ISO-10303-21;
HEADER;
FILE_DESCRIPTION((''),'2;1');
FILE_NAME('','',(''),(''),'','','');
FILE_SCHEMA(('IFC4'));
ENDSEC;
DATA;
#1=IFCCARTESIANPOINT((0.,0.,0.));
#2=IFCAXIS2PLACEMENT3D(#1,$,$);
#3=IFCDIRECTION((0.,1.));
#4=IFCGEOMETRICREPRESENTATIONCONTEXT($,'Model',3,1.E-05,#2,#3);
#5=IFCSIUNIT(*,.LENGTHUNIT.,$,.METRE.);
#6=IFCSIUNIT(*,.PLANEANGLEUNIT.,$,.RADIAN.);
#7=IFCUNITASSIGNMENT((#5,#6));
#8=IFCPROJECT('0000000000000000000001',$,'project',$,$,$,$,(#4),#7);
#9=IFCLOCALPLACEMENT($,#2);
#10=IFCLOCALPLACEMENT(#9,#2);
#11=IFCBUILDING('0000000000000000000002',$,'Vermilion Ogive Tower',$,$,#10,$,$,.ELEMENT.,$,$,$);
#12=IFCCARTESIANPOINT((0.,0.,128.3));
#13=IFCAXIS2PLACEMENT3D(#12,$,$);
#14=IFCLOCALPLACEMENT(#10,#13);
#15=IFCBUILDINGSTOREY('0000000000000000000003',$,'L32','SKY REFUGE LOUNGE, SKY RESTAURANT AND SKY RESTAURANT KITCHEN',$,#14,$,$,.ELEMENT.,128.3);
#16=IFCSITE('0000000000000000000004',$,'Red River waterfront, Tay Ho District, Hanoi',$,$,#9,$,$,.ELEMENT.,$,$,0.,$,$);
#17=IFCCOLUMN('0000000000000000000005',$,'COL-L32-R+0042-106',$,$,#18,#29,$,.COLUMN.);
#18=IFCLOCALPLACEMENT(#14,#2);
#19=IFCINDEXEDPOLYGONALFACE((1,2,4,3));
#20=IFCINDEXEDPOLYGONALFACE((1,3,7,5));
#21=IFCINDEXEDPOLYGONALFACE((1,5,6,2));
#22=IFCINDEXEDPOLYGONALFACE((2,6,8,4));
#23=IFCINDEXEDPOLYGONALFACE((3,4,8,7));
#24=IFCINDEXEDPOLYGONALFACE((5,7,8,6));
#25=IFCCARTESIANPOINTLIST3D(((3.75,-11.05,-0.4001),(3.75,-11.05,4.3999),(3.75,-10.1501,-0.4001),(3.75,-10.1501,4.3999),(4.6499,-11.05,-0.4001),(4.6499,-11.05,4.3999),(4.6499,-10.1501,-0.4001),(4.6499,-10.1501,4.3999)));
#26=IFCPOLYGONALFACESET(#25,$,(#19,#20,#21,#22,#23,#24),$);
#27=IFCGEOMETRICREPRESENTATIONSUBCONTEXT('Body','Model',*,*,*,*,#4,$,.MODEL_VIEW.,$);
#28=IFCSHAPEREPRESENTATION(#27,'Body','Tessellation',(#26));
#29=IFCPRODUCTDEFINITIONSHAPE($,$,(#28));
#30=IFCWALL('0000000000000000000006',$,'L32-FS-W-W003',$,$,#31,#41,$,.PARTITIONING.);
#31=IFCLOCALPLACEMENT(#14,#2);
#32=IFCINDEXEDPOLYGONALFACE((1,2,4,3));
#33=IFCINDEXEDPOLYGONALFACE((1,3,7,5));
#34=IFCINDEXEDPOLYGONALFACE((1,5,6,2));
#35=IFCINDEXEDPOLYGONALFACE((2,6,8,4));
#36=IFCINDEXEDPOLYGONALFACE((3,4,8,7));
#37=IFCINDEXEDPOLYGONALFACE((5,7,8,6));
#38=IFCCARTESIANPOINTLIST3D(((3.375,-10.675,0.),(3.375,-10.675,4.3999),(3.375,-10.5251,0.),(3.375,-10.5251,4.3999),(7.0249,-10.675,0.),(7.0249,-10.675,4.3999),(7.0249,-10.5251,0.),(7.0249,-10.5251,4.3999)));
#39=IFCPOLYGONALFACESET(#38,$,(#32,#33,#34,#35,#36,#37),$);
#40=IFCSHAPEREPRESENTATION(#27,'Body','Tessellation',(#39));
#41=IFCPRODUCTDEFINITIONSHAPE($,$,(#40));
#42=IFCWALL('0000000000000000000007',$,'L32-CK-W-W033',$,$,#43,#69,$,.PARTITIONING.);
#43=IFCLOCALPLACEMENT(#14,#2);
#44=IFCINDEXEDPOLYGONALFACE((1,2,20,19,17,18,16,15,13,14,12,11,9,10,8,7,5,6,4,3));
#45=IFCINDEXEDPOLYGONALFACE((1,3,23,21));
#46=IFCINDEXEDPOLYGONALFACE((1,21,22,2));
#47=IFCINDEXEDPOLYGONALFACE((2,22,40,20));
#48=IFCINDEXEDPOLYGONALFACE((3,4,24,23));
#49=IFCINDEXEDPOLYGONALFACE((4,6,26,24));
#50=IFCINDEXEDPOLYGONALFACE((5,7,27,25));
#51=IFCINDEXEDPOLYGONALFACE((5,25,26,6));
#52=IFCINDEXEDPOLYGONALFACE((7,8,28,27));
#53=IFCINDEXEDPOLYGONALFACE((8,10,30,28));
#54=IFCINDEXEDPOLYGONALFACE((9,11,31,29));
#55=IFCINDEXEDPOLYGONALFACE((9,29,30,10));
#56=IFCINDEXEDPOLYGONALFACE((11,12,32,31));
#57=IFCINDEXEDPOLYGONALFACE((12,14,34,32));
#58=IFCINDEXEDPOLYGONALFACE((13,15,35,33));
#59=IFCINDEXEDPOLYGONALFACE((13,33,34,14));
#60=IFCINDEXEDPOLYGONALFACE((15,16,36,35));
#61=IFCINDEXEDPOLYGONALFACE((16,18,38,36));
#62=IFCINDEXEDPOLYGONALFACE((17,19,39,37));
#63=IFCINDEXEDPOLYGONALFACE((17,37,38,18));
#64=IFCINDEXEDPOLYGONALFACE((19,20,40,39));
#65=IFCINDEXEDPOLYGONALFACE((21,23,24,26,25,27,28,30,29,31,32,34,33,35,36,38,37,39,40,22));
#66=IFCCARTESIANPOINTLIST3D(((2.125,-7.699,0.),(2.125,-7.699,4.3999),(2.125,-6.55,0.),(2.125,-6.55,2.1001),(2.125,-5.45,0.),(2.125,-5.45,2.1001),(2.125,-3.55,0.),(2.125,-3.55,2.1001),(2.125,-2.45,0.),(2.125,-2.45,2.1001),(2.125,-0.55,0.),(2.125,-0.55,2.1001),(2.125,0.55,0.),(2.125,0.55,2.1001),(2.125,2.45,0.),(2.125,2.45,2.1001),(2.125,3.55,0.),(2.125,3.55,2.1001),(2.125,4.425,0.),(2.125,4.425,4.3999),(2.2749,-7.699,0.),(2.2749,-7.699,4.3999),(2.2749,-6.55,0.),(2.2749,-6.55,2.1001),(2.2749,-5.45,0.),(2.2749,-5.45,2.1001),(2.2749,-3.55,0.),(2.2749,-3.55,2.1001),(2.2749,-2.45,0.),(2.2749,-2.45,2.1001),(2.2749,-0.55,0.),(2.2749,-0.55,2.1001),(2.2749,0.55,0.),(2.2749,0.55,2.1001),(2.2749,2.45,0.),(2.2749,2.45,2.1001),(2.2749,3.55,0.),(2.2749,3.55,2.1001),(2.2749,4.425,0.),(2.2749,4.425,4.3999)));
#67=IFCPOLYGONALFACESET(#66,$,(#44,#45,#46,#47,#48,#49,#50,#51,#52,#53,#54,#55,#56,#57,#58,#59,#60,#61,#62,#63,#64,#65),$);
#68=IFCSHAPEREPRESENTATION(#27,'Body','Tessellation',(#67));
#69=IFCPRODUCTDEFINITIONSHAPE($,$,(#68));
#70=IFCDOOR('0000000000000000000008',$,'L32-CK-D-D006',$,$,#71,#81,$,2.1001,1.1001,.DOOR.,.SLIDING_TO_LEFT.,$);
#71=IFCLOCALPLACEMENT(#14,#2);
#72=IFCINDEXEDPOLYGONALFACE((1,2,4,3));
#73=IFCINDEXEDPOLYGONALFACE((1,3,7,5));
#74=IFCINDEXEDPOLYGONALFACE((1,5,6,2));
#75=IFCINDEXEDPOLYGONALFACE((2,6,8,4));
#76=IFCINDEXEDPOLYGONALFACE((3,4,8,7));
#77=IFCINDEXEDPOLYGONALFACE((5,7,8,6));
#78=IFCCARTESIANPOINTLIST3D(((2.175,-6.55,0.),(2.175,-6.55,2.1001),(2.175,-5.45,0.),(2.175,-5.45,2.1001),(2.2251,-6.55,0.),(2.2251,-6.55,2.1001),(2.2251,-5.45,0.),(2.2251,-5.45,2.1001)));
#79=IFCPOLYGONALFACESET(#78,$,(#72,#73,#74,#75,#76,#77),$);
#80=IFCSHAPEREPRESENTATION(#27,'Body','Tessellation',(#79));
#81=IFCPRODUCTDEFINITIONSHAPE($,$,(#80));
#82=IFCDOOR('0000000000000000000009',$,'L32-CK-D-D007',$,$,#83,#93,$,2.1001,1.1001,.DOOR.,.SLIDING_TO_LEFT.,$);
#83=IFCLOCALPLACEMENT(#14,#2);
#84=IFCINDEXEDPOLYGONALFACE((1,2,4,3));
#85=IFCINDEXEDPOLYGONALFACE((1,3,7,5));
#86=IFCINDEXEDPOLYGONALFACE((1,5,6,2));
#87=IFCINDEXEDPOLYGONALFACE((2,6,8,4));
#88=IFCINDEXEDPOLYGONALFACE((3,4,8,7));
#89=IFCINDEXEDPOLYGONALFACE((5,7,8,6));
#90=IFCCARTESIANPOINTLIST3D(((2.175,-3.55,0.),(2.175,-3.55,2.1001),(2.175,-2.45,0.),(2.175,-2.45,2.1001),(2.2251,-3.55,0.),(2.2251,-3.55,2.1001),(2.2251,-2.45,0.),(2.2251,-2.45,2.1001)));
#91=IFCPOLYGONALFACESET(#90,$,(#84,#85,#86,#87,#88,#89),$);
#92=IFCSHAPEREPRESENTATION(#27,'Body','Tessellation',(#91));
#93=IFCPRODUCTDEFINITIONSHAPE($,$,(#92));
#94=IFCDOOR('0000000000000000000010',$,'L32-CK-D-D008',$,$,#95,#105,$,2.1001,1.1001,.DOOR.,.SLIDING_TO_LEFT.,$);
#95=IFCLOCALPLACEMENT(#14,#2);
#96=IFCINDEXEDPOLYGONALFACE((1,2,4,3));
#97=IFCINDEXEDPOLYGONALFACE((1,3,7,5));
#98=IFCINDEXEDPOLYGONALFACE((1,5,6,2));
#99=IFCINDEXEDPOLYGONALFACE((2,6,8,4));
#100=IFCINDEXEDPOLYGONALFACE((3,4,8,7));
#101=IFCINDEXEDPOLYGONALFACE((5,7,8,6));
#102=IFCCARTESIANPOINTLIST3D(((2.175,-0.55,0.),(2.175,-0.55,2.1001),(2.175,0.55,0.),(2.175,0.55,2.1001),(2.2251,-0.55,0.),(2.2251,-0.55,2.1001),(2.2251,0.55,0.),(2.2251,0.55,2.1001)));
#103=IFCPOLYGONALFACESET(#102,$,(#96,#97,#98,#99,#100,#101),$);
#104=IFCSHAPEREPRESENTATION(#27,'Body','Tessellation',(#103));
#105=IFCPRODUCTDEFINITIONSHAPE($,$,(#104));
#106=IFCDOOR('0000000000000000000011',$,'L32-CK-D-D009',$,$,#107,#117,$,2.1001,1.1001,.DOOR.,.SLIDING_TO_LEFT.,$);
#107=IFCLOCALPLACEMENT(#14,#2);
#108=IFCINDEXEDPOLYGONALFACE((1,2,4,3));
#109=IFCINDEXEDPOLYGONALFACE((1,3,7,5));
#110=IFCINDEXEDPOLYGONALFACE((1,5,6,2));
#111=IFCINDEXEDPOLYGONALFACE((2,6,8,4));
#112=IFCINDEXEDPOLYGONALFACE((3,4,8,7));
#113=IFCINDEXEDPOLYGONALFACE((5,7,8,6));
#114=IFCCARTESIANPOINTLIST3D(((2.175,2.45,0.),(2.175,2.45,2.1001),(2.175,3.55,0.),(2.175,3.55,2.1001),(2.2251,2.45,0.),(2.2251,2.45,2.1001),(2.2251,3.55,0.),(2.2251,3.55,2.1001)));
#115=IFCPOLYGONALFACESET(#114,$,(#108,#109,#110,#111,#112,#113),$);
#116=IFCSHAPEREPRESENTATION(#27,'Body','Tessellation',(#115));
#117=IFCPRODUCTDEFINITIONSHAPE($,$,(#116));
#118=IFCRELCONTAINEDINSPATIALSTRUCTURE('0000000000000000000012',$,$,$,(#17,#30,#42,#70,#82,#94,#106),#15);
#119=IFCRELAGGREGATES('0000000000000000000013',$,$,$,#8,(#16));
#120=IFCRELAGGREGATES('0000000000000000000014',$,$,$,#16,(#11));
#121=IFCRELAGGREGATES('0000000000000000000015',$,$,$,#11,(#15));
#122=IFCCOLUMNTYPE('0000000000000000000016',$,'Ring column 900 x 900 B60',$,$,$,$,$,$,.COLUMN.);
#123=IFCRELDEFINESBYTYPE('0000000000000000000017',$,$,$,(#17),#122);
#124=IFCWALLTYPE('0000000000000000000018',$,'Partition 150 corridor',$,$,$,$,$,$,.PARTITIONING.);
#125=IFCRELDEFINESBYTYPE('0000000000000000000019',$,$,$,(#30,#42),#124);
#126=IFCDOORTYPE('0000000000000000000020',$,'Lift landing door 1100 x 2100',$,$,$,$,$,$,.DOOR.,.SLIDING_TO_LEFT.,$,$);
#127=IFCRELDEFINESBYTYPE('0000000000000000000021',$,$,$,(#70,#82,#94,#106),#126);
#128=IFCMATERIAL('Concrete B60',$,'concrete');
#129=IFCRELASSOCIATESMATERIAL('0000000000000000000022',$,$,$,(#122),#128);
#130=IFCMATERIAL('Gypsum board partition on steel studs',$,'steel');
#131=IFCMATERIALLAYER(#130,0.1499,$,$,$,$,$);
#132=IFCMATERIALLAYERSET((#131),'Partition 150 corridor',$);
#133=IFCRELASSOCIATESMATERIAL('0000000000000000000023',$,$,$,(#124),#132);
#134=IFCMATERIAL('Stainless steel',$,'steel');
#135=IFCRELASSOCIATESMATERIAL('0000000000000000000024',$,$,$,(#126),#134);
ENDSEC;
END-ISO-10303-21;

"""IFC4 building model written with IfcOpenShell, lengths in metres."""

from ifc_helpers import new_model, si_unit, direction, frame, frame_2d, origin, origin_2d, place, context, subcontext, project, spatial, rectangle, extrude, material, layer, layer_set, material_profile, profile_set, type_object, element, fill, save


model = new_model("IFC4")

# Units and contexts
model_context = context("Model", 3, precision=1e-05, world=origin(), true_north=direction((0.0, 1.0)))
body_context = subcontext(model_context, "Body", "Model", "MODEL_VIEW")
ifc_project = project(units=[si_unit("LENGTHUNIT", "METRE"), si_unit("PLANEANGLEUNIT", "RADIAN")], contexts=[model_context])

# Site, building, storey
site_placement = place(None, origin())
site = spatial("IfcSite", under=ifc_project, at=site_placement, Name="Red River waterfront, Tay Ho District, Hanoi", CompositionType="ELEMENT", RefElevation=0.0)
building_placement = place(site_placement, origin())
building = spatial("IfcBuilding", under=site, at=building_placement, Name="Vermilion Ogive Tower", CompositionType="ELEMENT")
storey_placement = place(building_placement, frame((0.0, 0.0, 128.3)))
storey = spatial("IfcBuildingStorey", under=building, at=storey_placement, Name="L32", Description="SKY REFUGE LOUNGE, SKY RESTAURANT AND SKY RESTAURANT KITCHEN", CompositionType="ELEMENT", Elevation=128.3)

# Column
ifc_material_1 = material(Name="Concrete B60", Category="concrete")
ifc_material_profile = material_profile(ifc_material_1, rectangle(XDim=0.8999, YDim=0.8999, at=origin_2d()), Name="900 x 900")
ifc_profile_set = profile_set([ifc_material_profile], Name="Concrete B60")
column_type = type_object("IfcColumnType", Name="Ring column 900 x 900 B60", PredefinedType="COLUMN", material=ifc_profile_set)
column_placement = place(storey_placement, frame((4.2, -10.6001, -0.4001), z_axis=(0.0, 0.0, 1.0), x_axis=(1.0, 0.0, 0.0)))
element("IfcColumn", 1, at=column_placement, inside=storey, type_object=column_type, Name="COL-L32-R+0042-106", PredefinedType="COLUMN", context=body_context, shape_type="SweptSolid", body=[
    extrude(rectangle(XDim=0.8999, YDim=0.8999, at=origin_2d()), origin(), (0.0, 0.0, 1.0), 4.8),
])

# Wall
ifc_material_2 = material(Name="Gypsum board partition on steel studs", Category="steel")
ifc_layer_1 = layer(ifc_material_2, 0.1499)
ifc_layer_set_1 = layer_set([ifc_layer_1], Name="Partition 150 corridor")
wall_type_1 = type_object("IfcWallType", Name="Partition 150 corridor", PredefinedType="PARTITIONING", material=ifc_layer_set_1)
wall_1_placement = place(storey_placement, frame((3.375, -10.6001, 0.0), z_axis=(0.0, 0.0, 1.0), x_axis=(1.0, 0.0, 0.0)))
element("IfcWall", 2, at=wall_1_placement, inside=storey, type_object=wall_type_1, Name="L32-FS-W-W003", PredefinedType="PARTITIONING", context=body_context, shape_type="SweptSolid", body=[
    extrude(rectangle(XDim=3.6499, YDim=0.1499, at=frame_2d((1.825, 0.0))), origin(), (0.0, 0.0, 1.0), 4.3999),
])

# Wall, openings, doors
wall_2_placement = place(storey_placement, frame((2.2, -7.699, 0.0), z_axis=(0.0, 0.0, 1.0), x_axis=(0.0, 1.0, 0.0)))
wall_2 = element("IfcWall", 3, at=wall_2_placement, inside=storey, type_object=wall_type_1, Name="L32-CK-W-W033", PredefinedType="PARTITIONING", context=body_context, shape_type="SweptSolid", body=[
    extrude(rectangle(XDim=12.124, YDim=0.1499, at=frame_2d((6.062, 0.0))), origin(), (0.0, 0.0, 1.0), 4.3999),
])
opening_1_placement = place(wall_2_placement, frame((1.1489, 0.0, 0.0)))
opening_1 = element("IfcOpeningElement", 4, at=opening_1_placement, cuts=wall_2, PredefinedType="OPENING", context=body_context, shape_type="SweptSolid", body=[
    extrude(rectangle(XDim=1.1001, YDim=2.1001, at=frame_2d((0.55, 1.05))), frame((0.0, 0.085, 0.0), z_axis=(0.0, -1.0, 0.0), x_axis=(1.0, 0.0, 0.0)), (0.0, 0.0, 1.0), 0.1699),
])
opening_2_placement = place(wall_2_placement, frame((4.1489, 0.0, 0.0)))
opening_2 = element("IfcOpeningElement", 5, at=opening_2_placement, cuts=wall_2, PredefinedType="OPENING", context=body_context, shape_type="SweptSolid", body=[
    extrude(rectangle(XDim=1.1001, YDim=2.1001, at=frame_2d((0.55, 1.05))), frame((0.0, 0.085, 0.0), z_axis=(0.0, -1.0, 0.0), x_axis=(1.0, 0.0, 0.0)), (0.0, 0.0, 1.0), 0.1699),
])
opening_3_placement = place(wall_2_placement, frame((7.1489, 0.0, 0.0)))
opening_3 = element("IfcOpeningElement", 6, at=opening_3_placement, cuts=wall_2, PredefinedType="OPENING", context=body_context, shape_type="SweptSolid", body=[
    extrude(rectangle(XDim=1.1001, YDim=2.1001, at=frame_2d((0.55, 1.05))), frame((0.0, 0.085, 0.0), z_axis=(0.0, -1.0, 0.0), x_axis=(1.0, 0.0, 0.0)), (0.0, 0.0, 1.0), 0.1699),
])
opening_4_placement = place(wall_2_placement, frame((10.1489, 0.0, 0.0)))
opening_4 = element("IfcOpeningElement", 7, at=opening_4_placement, cuts=wall_2, PredefinedType="OPENING", context=body_context, shape_type="SweptSolid", body=[
    extrude(rectangle(XDim=1.1001, YDim=2.1001, at=frame_2d((0.55, 1.05))), frame((0.0, 0.085, 0.0), z_axis=(0.0, -1.0, 0.0), x_axis=(1.0, 0.0, 0.0)), (0.0, 0.0, 1.0), 0.1699),
])
ifc_material_3 = material(Name="Stainless steel", Category="steel")
door_type_1 = type_object("IfcDoorType", Name="Lift landing door 1100 x 2100", OperationType="SLIDING_TO_LEFT", PredefinedType="DOOR", material=ifc_material_3)
door_1_placement = place(opening_1_placement, origin())
door_1 = element("IfcDoor", 8, at=door_1_placement, inside=storey, type_object=door_type_1, Name="L32-CK-D-D006", OperationType="SLIDING_TO_LEFT", OverallHeight=2.1001, OverallWidth=1.1001, PredefinedType="DOOR", context=body_context, shape_type="SweptSolid", body=[
    extrude(rectangle(XDim=1.1001, YDim=2.1001, at=frame_2d((0.55, 1.05))), frame((0.0, 0.0249, 0.0), z_axis=(0.0, -1.0, 0.0), x_axis=(1.0, 0.0, 0.0)), (0.0, 0.0, 1.0), 0.05),
])
fill(opening_1, door_1)
door_2_placement = place(opening_2_placement, origin())
door_2 = element("IfcDoor", 9, at=door_2_placement, inside=storey, type_object=door_type_1, Name="L32-CK-D-D007", OperationType="SLIDING_TO_LEFT", OverallHeight=2.1001, OverallWidth=1.1001, PredefinedType="DOOR", context=body_context, shape_type="SweptSolid", body=[
    extrude(rectangle(XDim=1.1001, YDim=2.1001, at=frame_2d((0.55, 1.05))), frame((0.0, 0.0249, 0.0), z_axis=(0.0, -1.0, 0.0), x_axis=(1.0, 0.0, 0.0)), (0.0, 0.0, 1.0), 0.05),
])
fill(opening_2, door_2)
door_3_placement = place(opening_3_placement, origin())
door_3 = element("IfcDoor", 10, at=door_3_placement, inside=storey, type_object=door_type_1, Name="L32-CK-D-D008", OperationType="SLIDING_TO_LEFT", OverallHeight=2.1001, OverallWidth=1.1001, PredefinedType="DOOR", context=body_context, shape_type="SweptSolid", body=[
    extrude(rectangle(XDim=1.1001, YDim=2.1001, at=frame_2d((0.55, 1.05))), frame((0.0, 0.0249, 0.0), z_axis=(0.0, -1.0, 0.0), x_axis=(1.0, 0.0, 0.0)), (0.0, 0.0, 1.0), 0.05),
])
fill(opening_3, door_3)
door_4_placement = place(opening_4_placement, origin())
door_4 = element("IfcDoor", 11, at=door_4_placement, inside=storey, type_object=door_type_1, Name="L32-CK-D-D009", OperationType="SLIDING_TO_LEFT", OverallHeight=2.1001, OverallWidth=1.1001, PredefinedType="DOOR", context=body_context, shape_type="SweptSolid", body=[
    extrude(rectangle(XDim=1.1001, YDim=2.1001, at=frame_2d((0.55, 1.05))), frame((0.0, 0.0249, 0.0), z_axis=(0.0, -1.0, 0.0), x_axis=(1.0, 0.0, 0.0)), (0.0, 0.0, 1.0), 0.05),
])
fill(opening_4, door_4)

save(model, "model.ifc")
